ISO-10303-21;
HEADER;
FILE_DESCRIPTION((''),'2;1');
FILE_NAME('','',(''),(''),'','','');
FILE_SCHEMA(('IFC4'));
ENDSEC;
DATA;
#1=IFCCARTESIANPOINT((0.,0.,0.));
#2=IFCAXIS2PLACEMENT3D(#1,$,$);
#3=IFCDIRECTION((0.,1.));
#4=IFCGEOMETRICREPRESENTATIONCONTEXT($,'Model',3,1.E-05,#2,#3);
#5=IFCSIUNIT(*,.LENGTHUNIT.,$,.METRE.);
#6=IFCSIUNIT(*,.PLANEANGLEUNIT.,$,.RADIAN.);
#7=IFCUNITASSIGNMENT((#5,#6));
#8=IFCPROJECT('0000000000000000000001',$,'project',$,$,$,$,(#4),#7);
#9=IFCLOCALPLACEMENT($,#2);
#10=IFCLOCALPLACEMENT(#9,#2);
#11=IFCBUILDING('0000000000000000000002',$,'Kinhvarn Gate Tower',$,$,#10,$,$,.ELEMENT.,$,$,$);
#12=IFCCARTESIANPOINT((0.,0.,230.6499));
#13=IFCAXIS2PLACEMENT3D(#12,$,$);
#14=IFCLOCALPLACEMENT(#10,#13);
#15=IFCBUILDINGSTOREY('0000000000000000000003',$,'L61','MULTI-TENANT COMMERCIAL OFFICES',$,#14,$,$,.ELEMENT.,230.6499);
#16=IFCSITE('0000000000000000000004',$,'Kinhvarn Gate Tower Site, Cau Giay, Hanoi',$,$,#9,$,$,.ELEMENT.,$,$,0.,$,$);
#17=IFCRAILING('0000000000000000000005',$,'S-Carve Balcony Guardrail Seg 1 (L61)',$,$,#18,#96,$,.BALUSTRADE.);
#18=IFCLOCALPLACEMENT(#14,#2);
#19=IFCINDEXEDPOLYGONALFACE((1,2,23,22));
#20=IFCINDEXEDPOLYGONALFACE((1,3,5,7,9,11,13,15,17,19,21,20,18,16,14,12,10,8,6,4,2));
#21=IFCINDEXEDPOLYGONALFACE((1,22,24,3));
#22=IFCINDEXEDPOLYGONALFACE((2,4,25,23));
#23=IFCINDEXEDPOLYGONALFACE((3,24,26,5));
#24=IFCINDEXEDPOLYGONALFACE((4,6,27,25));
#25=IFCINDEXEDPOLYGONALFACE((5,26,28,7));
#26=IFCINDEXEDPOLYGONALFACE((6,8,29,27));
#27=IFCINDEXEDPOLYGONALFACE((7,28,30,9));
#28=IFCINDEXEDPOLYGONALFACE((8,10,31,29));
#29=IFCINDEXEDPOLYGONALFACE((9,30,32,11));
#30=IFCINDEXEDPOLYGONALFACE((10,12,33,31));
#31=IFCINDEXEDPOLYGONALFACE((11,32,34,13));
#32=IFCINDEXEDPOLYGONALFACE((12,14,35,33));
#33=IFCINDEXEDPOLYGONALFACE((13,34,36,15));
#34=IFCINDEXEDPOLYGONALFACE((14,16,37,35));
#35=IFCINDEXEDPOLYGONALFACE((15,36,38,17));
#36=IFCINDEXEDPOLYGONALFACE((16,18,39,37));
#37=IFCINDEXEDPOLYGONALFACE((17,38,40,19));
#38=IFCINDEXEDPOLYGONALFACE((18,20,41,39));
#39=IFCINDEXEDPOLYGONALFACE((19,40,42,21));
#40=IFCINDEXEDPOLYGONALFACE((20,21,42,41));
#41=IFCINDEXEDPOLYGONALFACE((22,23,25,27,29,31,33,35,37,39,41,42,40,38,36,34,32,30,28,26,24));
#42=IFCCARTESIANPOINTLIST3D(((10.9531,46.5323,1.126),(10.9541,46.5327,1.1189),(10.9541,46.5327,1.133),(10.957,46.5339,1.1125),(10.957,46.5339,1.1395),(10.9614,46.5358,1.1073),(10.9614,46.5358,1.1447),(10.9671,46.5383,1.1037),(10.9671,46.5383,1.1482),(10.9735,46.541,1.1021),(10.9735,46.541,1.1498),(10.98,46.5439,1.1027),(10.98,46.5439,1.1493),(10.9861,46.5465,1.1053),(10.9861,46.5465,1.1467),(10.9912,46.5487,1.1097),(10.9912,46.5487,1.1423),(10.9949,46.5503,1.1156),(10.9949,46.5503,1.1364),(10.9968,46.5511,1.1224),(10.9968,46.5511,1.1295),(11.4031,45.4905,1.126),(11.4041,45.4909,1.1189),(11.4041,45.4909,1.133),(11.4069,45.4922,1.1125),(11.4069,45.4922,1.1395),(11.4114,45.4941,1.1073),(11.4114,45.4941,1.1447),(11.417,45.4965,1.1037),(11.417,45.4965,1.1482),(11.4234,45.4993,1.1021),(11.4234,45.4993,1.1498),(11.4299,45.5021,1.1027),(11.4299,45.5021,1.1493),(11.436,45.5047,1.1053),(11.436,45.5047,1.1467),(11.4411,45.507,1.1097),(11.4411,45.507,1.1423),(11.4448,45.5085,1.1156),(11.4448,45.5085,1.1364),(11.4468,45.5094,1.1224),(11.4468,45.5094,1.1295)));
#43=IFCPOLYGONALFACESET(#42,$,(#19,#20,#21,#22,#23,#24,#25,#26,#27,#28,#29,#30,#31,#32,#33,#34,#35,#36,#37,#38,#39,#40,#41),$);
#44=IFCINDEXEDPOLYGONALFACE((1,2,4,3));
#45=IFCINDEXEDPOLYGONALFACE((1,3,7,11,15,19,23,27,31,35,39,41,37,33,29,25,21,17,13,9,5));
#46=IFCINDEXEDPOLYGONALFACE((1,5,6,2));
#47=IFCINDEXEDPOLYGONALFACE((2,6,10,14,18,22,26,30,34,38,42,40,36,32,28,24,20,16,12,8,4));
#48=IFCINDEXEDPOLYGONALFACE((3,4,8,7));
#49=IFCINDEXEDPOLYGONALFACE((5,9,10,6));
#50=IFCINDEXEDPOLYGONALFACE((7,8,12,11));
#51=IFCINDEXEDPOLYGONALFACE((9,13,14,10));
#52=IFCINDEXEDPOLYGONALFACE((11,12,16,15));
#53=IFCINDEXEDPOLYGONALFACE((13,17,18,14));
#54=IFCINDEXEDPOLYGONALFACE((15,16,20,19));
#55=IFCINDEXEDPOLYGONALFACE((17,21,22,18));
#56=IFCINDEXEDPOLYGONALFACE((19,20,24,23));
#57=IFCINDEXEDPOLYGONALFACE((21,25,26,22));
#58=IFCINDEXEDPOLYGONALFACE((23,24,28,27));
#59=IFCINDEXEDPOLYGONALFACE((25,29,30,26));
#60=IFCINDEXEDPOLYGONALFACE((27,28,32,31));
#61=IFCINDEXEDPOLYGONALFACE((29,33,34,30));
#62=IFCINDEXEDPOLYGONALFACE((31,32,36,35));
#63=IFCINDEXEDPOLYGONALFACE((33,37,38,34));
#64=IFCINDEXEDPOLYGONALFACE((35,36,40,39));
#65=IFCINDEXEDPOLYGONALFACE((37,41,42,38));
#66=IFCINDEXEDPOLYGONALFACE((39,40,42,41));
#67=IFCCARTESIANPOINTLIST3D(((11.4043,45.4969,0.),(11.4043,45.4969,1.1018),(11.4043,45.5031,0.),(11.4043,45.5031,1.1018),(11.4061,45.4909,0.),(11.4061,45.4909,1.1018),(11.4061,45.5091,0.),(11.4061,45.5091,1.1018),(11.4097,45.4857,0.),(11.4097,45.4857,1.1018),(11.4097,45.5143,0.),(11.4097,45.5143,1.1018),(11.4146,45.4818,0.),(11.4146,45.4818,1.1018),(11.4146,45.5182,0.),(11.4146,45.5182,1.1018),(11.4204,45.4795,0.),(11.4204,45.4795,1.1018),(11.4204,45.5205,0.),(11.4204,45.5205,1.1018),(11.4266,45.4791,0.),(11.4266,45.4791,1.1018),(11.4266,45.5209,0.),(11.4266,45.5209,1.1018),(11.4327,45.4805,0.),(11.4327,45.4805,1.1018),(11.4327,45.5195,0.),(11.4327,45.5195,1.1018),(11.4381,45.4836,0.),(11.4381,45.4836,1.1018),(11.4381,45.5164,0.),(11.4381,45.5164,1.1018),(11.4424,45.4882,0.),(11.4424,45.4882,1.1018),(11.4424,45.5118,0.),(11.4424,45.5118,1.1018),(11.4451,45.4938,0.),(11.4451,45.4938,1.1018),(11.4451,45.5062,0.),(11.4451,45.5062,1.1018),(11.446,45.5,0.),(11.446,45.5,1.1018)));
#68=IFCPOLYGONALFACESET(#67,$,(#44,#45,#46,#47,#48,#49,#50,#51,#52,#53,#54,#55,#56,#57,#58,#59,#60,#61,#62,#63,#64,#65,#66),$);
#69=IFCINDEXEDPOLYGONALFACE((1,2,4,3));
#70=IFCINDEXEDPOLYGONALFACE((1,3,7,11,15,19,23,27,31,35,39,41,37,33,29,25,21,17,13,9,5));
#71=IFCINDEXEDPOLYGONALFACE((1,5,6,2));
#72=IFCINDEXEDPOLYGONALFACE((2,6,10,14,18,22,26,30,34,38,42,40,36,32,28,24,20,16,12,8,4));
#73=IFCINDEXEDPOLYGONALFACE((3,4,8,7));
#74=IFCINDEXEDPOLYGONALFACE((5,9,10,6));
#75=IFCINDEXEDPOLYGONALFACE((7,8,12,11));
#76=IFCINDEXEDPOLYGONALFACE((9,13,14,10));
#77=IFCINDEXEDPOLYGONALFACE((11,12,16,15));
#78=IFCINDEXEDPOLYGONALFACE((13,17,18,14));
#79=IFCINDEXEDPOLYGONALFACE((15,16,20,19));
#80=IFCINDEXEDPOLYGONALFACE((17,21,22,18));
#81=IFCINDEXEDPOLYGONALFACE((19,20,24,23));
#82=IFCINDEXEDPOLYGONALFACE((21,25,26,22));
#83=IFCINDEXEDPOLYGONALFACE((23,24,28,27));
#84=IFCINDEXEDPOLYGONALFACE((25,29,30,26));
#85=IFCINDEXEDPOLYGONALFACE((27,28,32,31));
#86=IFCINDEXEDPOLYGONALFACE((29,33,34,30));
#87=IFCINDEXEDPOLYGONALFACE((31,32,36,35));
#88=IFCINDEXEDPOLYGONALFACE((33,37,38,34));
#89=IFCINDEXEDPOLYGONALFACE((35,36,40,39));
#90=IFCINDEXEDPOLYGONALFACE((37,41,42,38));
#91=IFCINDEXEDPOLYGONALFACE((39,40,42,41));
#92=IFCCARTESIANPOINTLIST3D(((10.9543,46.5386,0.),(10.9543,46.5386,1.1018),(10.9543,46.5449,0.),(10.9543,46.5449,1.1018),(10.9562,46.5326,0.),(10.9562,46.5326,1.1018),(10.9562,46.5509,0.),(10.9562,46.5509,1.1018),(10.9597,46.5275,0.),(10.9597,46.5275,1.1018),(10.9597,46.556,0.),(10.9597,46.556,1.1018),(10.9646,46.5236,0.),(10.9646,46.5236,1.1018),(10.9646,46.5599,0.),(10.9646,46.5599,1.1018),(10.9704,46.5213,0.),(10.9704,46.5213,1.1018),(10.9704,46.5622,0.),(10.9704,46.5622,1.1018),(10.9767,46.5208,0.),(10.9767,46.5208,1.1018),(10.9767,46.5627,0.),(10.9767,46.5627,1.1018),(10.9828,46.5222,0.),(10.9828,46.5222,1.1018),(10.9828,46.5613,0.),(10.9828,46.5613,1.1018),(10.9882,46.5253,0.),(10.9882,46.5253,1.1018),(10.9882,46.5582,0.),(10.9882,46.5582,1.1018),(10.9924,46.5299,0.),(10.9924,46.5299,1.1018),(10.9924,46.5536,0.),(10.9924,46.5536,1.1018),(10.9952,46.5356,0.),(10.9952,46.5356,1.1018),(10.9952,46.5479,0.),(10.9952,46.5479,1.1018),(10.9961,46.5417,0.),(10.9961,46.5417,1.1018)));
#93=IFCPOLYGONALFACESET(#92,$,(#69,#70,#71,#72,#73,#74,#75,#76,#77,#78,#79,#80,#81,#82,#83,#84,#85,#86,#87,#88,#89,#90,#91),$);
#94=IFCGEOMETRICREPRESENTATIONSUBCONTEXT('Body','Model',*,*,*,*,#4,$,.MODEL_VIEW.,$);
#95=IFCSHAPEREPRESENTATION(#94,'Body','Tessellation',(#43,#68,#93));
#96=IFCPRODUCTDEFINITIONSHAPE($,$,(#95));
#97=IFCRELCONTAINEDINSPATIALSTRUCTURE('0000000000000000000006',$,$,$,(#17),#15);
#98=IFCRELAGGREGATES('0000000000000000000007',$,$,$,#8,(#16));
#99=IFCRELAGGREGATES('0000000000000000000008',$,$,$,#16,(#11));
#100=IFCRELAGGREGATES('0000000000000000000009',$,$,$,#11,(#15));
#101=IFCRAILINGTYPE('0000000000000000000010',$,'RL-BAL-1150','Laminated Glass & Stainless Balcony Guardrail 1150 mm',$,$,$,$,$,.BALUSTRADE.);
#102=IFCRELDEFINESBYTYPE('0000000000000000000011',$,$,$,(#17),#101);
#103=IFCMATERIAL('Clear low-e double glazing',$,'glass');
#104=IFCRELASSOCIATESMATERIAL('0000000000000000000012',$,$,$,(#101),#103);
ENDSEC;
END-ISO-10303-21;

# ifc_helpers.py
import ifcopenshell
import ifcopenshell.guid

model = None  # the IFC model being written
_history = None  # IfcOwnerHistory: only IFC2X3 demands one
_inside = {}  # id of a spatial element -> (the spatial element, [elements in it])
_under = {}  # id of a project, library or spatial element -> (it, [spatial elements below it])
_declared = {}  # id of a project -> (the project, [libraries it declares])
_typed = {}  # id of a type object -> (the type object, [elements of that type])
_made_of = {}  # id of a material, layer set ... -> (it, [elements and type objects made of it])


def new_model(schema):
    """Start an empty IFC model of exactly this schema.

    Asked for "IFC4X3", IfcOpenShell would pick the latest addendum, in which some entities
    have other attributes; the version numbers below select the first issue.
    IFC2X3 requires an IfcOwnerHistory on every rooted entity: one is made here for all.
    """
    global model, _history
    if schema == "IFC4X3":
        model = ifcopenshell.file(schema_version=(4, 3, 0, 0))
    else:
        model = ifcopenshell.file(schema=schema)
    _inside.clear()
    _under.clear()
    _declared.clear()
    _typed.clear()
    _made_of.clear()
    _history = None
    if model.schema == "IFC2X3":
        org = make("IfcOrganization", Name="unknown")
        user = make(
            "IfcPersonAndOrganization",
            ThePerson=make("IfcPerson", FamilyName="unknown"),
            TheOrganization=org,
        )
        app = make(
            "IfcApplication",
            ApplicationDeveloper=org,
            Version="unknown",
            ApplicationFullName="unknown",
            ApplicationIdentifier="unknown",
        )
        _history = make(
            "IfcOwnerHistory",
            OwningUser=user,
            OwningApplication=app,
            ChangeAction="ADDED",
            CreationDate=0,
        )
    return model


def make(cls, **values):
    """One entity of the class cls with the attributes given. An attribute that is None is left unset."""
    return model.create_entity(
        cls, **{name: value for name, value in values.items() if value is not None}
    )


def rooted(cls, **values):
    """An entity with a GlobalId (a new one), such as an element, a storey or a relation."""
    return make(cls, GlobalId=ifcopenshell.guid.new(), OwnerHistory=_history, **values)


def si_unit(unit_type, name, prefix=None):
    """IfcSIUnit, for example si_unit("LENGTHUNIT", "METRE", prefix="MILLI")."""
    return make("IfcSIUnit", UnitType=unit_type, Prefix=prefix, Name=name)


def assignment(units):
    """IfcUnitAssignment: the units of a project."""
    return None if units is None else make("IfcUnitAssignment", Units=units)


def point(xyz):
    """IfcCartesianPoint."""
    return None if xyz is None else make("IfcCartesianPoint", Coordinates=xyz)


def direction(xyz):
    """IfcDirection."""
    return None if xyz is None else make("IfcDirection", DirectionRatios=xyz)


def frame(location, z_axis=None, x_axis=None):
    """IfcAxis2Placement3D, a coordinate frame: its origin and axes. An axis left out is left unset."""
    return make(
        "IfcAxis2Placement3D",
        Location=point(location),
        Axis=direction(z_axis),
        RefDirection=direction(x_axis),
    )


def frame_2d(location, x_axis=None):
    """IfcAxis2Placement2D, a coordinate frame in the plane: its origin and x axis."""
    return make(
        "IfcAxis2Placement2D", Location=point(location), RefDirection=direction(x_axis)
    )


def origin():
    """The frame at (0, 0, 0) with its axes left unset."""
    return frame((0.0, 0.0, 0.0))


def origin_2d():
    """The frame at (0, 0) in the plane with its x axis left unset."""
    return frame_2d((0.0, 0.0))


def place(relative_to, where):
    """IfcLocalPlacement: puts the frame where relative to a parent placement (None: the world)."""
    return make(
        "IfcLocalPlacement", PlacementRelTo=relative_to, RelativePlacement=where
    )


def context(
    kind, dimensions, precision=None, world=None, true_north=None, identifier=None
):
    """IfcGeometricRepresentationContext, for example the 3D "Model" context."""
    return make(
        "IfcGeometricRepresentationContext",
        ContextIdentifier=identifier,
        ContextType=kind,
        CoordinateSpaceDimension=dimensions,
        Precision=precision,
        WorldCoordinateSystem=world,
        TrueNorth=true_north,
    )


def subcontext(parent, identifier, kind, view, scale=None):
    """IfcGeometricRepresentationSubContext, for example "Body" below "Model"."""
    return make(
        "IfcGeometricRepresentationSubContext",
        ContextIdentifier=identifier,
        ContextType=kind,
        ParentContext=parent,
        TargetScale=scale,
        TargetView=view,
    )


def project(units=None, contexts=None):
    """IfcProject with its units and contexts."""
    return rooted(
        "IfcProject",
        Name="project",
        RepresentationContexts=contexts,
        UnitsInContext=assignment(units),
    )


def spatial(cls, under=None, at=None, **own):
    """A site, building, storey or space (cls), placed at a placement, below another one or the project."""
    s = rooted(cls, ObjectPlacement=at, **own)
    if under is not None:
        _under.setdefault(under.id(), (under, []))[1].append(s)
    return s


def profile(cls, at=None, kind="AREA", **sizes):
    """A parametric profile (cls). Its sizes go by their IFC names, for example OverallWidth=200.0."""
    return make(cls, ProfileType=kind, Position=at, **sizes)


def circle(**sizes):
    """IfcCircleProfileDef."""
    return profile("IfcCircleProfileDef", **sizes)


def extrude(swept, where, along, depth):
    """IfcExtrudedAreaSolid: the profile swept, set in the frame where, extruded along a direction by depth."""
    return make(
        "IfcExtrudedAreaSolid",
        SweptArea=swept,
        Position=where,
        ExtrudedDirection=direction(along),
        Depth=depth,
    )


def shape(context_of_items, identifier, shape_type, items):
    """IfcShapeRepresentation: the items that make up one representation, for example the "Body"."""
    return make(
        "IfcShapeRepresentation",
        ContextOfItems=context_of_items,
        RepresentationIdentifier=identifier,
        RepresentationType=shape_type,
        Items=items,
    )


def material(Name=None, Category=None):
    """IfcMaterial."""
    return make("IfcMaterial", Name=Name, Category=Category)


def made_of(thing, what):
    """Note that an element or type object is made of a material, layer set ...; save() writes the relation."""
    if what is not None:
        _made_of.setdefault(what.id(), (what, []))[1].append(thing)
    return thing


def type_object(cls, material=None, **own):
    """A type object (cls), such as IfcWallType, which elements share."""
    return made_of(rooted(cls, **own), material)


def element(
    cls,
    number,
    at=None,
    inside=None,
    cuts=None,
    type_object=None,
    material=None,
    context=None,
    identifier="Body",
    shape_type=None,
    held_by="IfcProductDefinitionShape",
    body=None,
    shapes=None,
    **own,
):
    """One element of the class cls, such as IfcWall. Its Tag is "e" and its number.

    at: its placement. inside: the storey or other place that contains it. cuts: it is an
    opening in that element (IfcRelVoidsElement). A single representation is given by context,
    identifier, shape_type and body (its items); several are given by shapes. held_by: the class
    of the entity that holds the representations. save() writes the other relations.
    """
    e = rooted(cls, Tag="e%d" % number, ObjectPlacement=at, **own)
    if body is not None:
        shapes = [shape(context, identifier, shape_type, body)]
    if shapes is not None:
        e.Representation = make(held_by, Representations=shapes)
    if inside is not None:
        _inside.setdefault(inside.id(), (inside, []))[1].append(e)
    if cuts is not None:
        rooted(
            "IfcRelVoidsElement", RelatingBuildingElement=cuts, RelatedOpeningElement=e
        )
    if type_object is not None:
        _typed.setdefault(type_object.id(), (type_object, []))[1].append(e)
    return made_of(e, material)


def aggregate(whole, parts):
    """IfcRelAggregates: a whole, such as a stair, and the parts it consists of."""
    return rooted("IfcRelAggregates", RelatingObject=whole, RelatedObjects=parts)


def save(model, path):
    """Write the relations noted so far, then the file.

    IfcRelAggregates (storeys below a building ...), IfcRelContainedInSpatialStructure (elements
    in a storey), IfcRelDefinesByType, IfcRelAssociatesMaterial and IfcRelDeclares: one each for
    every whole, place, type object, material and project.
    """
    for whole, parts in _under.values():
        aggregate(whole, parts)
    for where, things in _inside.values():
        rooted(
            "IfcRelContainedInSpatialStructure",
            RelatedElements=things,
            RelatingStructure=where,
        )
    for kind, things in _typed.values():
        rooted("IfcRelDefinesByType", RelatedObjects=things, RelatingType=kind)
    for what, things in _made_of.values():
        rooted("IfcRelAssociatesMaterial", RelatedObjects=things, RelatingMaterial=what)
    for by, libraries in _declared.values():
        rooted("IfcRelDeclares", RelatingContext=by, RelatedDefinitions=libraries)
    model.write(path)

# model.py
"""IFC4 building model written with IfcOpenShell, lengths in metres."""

from ifc_helpers import new_model, si_unit, direction, frame, origin, origin_2d, place, context, subcontext, project, spatial, circle, extrude, material, type_object, element, save


model = new_model("IFC4")

# Units and contexts
model_context = context("Model", 3, precision=1e-05, world=origin(), true_north=direction((0.0, 1.0)))
body_context = subcontext(model_context, "Body", "Model", "MODEL_VIEW")
ifc_project = project(units=[si_unit("LENGTHUNIT", "METRE"), si_unit("PLANEANGLEUNIT", "RADIAN")], contexts=[model_context])

# Site, building, storey
site_placement = place(None, origin())
site = spatial("IfcSite", under=ifc_project, at=site_placement, Name="Kinhvarn Gate Tower Site, Cau Giay, Hanoi", CompositionType="ELEMENT", RefElevation=0.0)
building_placement = place(site_placement, origin())
building = spatial("IfcBuilding", under=site, at=building_placement, Name="Kinhvarn Gate Tower", CompositionType="ELEMENT")
storey_placement = place(building_placement, frame((0.0, 0.0, 230.6499)))
storey = spatial("IfcBuildingStorey", under=building, at=storey_placement, Name="L61", Description="MULTI-TENANT COMMERCIAL OFFICES", CompositionType="ELEMENT", Elevation=230.6499)

# Shared definitions
ifc_material_1 = material(Name="Clear low-e double glazing", Category="glass")

# Railing
railing_type_1 = type_object("IfcRailingType", Name="RL-BAL-1150", Description="Laminated Glass & Stainless Balcony Guardrail 1150 mm", PredefinedType="BALUSTRADE", material=ifc_material_1)
railing_1_placement = place(storey_placement, frame((11.425, 45.5, 0.0)))
element("IfcRailing", 1, at=railing_1_placement, inside=storey, type_object=railing_type_1, Name="S-Carve Balcony Guardrail Seg 1 (L61)", PredefinedType="BALUSTRADE", context=body_context, shape_type="SweptSolid", body=[
    extrude(circle(Radius=0.0239, at=origin_2d()), frame((0.0, 0.0, 1.126), z_axis=(-0.396514, 0.918029, 0.0), x_axis=(-0.918029, -0.396514, 0.0)), (0.0, 0.0, 1.0), 1.1348),
    extrude(circle(Radius=0.021, at=origin_2d()), origin(), (0.0, 0.0, 1.0), 1.1018),
    extrude(circle(Radius=0.021, at=origin_2d()), frame((-0.45, 1.0417, 0.0)), (0.0, 0.0, 1.0), 1.1018),
])

save(model, "model.ifc")
